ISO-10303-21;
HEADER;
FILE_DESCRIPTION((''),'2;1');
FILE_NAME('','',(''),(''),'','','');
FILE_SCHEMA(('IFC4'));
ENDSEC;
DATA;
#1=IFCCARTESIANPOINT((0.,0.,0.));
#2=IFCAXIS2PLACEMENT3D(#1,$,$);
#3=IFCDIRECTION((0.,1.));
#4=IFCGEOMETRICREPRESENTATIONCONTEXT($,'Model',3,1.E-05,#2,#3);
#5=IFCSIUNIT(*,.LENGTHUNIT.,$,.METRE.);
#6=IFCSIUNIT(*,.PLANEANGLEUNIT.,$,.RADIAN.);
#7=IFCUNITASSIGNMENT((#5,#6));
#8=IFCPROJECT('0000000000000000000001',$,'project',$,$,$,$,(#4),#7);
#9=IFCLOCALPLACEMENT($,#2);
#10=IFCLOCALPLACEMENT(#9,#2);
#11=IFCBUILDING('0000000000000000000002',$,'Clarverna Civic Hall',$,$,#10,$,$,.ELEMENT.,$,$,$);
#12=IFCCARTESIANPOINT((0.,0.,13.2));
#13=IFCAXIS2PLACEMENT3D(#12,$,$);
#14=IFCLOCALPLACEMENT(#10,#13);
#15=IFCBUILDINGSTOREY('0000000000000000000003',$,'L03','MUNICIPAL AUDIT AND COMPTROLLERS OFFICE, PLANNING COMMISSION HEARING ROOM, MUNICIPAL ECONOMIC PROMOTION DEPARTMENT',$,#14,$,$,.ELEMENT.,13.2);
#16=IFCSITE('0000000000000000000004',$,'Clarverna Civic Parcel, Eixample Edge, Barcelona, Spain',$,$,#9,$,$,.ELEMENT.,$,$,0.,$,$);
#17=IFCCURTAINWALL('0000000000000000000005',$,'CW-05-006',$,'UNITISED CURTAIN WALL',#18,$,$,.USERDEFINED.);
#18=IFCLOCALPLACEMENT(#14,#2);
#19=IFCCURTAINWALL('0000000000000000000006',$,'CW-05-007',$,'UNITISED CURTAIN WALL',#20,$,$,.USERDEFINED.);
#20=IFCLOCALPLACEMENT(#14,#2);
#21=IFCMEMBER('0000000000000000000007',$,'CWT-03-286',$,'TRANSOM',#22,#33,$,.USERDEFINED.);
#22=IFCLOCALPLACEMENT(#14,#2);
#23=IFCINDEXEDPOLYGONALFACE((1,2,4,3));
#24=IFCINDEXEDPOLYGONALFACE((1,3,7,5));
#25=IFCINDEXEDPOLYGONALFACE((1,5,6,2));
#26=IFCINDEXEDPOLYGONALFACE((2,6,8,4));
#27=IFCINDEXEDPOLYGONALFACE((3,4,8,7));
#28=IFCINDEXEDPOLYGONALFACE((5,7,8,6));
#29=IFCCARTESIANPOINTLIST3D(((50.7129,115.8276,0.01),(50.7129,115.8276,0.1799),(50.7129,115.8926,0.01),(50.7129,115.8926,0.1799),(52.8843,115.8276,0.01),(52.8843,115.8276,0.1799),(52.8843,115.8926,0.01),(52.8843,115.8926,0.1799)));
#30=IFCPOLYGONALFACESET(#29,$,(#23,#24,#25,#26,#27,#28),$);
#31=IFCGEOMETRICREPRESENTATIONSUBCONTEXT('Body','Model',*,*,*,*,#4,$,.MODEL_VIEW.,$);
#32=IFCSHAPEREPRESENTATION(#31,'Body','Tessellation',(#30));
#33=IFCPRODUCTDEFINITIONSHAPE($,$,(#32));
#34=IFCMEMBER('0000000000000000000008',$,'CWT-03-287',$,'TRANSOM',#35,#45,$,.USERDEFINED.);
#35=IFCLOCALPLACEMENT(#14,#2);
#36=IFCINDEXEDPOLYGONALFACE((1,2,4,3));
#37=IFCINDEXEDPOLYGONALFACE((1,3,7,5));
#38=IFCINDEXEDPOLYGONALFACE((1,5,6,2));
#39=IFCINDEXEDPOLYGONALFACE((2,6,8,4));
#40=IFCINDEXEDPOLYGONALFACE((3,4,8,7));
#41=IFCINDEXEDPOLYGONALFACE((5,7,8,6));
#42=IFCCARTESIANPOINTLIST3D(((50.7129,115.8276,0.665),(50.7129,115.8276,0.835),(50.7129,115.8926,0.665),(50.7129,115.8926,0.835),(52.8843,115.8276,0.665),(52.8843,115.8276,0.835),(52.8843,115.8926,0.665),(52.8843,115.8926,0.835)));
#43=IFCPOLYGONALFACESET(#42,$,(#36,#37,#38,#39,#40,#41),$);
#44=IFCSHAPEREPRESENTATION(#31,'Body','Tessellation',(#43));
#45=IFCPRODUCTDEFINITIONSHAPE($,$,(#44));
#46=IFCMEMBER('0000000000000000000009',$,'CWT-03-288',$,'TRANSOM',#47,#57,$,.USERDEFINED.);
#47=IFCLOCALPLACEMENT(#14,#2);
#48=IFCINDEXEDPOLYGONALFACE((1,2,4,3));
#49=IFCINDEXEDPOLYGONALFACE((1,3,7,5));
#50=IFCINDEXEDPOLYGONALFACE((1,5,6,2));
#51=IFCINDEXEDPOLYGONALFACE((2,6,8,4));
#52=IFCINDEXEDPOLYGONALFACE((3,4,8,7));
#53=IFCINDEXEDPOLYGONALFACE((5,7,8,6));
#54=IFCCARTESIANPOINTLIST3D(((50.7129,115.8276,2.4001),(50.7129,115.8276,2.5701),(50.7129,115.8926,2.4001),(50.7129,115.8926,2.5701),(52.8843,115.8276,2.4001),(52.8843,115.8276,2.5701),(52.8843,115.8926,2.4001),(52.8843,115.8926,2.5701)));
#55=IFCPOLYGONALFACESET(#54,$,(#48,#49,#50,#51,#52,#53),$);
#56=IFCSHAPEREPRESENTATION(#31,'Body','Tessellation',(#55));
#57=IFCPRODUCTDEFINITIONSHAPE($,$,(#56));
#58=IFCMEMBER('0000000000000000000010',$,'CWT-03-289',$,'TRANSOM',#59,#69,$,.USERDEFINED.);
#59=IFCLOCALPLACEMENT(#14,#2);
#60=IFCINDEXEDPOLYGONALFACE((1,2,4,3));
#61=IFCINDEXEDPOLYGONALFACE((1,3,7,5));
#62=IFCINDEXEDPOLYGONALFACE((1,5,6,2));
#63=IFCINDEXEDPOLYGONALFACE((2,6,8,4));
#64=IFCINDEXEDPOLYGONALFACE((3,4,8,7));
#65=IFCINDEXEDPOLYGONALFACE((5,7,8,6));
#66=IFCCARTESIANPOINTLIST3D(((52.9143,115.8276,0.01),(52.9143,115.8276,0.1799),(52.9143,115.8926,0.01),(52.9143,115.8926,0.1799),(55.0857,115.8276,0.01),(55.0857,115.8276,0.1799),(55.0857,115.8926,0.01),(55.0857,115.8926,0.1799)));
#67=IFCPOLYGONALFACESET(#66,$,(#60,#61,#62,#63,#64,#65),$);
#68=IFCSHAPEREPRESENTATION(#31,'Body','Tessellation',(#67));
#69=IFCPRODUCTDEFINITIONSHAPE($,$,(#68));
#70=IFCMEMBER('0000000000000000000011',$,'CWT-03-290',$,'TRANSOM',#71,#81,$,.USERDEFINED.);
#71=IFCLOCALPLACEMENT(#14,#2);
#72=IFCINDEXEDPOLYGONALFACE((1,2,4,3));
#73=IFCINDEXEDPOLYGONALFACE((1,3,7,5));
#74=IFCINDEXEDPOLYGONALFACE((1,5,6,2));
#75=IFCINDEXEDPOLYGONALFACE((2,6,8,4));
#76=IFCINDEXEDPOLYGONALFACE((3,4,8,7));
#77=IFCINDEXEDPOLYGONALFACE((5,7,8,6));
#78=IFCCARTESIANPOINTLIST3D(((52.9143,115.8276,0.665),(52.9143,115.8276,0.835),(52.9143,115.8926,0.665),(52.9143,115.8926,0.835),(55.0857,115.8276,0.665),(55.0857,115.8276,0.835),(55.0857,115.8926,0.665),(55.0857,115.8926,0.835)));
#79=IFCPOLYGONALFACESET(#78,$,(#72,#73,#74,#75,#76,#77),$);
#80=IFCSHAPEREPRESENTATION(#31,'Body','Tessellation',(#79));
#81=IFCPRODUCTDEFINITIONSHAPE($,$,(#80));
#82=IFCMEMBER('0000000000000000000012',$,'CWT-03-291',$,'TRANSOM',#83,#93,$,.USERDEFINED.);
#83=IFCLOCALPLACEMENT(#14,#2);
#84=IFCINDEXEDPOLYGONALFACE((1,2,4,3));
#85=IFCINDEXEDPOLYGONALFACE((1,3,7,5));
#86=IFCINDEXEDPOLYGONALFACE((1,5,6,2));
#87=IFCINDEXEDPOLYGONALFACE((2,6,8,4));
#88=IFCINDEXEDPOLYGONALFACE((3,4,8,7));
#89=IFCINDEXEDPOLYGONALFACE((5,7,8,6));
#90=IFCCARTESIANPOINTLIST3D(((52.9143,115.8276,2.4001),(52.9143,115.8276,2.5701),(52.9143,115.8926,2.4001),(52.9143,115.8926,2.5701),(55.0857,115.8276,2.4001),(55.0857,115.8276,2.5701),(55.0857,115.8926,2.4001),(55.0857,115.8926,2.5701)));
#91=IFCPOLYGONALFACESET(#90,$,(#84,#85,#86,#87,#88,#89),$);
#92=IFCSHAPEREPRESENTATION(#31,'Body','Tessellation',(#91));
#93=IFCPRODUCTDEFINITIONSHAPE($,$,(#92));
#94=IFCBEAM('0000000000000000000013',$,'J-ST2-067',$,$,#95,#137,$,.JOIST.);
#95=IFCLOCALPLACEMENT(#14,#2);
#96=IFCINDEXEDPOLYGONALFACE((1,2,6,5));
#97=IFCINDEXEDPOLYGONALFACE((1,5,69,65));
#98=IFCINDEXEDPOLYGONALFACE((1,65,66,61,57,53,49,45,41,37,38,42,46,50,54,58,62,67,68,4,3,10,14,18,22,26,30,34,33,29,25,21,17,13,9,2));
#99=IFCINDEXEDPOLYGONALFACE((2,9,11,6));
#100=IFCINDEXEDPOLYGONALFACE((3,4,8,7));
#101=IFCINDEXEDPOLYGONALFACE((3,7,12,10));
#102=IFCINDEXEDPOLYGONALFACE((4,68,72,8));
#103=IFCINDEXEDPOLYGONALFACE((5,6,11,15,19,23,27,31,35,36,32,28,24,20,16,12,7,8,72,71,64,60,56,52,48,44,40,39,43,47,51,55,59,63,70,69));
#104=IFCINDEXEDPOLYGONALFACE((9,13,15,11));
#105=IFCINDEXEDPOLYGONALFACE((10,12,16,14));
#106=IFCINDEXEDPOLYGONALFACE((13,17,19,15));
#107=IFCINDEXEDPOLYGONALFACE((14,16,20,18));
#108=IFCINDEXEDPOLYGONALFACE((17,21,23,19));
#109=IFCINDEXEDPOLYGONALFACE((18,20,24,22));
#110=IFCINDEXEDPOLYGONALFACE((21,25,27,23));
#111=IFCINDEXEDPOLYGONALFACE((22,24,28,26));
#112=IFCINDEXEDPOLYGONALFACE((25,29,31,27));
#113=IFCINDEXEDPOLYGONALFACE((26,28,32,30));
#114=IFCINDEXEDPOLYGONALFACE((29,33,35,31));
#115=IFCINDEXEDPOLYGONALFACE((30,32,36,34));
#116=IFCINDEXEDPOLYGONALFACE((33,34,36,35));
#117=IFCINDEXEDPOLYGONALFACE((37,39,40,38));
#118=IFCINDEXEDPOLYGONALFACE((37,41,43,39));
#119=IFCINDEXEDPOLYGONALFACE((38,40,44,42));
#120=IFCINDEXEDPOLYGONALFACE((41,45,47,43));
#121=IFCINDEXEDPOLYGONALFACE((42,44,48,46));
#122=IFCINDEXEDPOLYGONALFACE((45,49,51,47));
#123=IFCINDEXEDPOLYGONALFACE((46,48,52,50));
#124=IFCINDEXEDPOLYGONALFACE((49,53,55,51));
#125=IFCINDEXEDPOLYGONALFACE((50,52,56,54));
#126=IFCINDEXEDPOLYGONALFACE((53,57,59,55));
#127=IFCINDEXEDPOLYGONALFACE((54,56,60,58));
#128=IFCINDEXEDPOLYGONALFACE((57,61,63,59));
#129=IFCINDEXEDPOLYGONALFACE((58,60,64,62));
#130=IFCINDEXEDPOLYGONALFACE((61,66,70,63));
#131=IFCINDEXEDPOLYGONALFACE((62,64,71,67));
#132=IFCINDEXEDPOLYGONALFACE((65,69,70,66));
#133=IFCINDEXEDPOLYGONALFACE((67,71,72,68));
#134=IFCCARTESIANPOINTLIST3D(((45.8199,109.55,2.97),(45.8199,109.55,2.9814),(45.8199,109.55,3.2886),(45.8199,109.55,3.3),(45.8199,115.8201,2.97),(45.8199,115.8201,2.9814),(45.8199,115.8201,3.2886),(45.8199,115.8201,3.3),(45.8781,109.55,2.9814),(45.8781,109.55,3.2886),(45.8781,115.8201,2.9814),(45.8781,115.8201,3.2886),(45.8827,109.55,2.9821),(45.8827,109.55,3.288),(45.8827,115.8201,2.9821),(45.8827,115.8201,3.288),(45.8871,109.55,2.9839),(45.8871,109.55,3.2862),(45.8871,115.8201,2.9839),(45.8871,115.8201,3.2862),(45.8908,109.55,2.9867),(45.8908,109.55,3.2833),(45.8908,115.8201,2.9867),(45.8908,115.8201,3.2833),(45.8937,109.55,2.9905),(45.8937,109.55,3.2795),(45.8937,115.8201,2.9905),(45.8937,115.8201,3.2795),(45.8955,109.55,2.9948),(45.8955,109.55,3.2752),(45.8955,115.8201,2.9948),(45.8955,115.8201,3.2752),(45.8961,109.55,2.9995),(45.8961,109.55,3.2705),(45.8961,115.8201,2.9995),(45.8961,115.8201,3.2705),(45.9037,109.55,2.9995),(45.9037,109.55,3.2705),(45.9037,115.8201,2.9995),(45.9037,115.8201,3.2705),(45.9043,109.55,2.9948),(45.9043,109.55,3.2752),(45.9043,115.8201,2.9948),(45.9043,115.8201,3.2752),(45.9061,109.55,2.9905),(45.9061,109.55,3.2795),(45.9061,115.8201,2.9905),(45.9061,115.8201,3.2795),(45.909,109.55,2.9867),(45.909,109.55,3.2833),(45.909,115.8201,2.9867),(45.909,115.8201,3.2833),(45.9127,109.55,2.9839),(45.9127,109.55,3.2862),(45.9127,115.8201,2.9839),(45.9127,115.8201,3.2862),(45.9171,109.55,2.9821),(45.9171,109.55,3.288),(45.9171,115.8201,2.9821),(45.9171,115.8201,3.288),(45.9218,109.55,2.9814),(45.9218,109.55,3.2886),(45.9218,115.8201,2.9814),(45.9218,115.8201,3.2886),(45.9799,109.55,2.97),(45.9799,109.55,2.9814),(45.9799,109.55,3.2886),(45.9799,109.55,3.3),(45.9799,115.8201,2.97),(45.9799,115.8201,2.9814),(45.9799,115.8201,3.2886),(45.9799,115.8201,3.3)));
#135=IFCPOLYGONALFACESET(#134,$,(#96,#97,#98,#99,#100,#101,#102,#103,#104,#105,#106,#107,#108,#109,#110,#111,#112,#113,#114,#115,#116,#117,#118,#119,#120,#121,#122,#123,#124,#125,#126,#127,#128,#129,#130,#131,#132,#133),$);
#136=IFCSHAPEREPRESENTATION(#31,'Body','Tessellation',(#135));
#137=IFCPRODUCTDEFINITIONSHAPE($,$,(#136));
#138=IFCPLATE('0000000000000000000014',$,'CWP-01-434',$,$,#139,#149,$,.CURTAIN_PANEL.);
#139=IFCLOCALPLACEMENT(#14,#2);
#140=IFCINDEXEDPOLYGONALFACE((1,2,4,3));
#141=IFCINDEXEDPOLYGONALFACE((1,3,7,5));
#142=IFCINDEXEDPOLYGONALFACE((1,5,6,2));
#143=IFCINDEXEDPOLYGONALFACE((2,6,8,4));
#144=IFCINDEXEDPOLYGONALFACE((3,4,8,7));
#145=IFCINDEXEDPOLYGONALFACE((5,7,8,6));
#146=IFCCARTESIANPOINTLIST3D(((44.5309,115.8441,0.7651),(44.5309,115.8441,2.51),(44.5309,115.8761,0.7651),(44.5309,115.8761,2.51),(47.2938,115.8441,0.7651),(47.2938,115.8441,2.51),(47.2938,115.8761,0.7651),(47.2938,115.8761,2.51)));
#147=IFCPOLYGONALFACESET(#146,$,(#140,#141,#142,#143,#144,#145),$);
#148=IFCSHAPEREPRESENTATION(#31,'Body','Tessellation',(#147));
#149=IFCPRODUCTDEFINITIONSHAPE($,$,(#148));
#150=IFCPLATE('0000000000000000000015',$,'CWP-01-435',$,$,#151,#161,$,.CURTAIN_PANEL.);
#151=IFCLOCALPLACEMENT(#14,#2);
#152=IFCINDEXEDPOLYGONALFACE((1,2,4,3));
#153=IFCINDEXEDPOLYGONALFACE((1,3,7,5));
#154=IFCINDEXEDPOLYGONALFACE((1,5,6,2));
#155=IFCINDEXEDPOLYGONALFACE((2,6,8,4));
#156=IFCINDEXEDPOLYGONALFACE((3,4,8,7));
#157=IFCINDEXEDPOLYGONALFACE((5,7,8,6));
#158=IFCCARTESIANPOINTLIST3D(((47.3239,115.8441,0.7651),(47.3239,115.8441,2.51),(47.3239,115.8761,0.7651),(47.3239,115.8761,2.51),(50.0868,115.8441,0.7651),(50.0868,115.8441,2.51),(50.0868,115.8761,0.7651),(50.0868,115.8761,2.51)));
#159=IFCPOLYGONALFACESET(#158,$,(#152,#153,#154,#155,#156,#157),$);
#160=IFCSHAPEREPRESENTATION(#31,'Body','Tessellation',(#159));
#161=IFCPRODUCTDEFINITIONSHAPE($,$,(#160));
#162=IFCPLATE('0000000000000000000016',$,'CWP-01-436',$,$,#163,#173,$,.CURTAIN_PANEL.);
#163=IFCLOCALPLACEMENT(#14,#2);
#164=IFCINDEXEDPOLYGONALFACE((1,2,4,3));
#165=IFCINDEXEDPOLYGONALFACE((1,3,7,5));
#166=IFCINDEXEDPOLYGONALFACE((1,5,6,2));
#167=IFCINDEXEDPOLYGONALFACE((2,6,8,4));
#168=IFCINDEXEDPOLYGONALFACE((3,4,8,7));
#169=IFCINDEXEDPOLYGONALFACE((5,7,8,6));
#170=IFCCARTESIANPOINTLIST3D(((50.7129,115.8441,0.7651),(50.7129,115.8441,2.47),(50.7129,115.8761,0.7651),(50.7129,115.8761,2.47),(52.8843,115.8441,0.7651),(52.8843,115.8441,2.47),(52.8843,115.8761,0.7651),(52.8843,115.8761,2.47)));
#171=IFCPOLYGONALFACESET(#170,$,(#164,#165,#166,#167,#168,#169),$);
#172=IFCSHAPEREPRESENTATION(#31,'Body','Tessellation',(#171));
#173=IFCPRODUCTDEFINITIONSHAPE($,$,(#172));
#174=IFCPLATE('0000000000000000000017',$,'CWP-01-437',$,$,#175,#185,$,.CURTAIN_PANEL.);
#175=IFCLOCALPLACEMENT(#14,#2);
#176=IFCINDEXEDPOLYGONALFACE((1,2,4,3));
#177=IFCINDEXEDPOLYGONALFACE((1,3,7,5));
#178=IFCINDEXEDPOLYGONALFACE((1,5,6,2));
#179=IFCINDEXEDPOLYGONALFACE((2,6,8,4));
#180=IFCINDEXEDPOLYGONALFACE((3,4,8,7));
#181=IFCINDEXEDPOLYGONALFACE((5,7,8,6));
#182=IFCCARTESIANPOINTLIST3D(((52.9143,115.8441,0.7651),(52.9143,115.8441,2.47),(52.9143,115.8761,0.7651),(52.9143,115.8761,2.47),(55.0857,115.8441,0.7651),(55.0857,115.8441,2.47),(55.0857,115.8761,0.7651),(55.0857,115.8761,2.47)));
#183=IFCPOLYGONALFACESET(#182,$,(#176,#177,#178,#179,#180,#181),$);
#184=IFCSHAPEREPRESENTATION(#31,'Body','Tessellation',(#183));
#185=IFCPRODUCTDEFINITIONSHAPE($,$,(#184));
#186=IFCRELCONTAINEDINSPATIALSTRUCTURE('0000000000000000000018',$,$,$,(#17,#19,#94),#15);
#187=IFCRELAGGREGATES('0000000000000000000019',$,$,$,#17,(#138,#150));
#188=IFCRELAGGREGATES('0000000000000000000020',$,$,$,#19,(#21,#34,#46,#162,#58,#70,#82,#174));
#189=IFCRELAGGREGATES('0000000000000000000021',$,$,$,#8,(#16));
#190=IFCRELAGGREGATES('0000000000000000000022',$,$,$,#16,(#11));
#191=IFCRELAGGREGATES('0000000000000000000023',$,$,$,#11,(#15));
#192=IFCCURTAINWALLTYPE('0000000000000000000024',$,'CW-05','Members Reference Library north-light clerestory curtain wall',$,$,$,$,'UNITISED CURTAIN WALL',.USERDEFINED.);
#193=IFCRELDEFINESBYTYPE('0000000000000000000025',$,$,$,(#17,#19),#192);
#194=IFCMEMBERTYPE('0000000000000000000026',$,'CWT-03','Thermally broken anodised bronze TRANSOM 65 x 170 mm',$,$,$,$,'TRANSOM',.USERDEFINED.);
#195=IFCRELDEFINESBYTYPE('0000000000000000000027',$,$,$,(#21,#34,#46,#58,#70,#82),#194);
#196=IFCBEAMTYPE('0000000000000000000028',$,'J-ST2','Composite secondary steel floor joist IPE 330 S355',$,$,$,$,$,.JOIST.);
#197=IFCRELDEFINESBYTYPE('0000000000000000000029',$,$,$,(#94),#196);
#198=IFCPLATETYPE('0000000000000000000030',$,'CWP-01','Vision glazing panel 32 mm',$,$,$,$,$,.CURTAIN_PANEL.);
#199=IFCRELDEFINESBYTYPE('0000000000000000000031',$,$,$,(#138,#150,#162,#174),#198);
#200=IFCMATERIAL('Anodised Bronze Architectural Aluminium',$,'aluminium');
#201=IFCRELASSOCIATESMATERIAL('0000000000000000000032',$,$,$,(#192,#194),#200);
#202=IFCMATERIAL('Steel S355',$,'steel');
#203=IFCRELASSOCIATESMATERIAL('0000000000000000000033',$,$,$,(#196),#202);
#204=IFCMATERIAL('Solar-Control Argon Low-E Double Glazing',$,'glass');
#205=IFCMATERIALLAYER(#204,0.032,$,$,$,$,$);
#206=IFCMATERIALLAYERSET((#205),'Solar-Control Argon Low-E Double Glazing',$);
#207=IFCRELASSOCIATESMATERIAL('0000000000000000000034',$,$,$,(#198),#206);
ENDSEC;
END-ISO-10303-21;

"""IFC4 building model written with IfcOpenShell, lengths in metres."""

from ifc_helpers import new_model, si_unit, direction, frame, frame_2d, origin, origin_2d, place, context, subcontext, project, spatial, rectangle, i_section, extrude, material, layer, layer_set, material_profile, profile_set, type_object, element, aggregate, save


model = new_model("IFC4")

# Units and contexts
model_context = context("Model", 3, precision=1e-05, world=origin(), true_north=direction((0.0, 1.0)))
body_context = subcontext(model_context, "Body", "Model", "MODEL_VIEW")
ifc_project = project(units=[si_unit("LENGTHUNIT", "METRE"), si_unit("PLANEANGLEUNIT", "RADIAN")], contexts=[model_context])

# Site, building, storey
site_placement = place(None, origin())
site = spatial("IfcSite", under=ifc_project, at=site_placement, Name="Clarverna Civic Parcel, Eixample Edge, Barcelona, Spain", CompositionType="ELEMENT", RefElevation=0.0)
building_placement = place(site_placement, origin())
building = spatial("IfcBuilding", under=site, at=building_placement, Name="Clarverna Civic Hall", CompositionType="ELEMENT")
storey_placement = place(building_placement, frame((0.0, 0.0, 13.2)))
storey = spatial("IfcBuildingStorey", under=building, at=storey_placement, Name="L03", Description="MUNICIPAL AUDIT AND COMPTROLLERS OFFICE, PLANNING COMMISSION HEARING ROOM, MUNICIPAL ECONOMIC PROMOTION DEPARTMENT", CompositionType="ELEMENT", Elevation=13.2)

# Shared definitions
ifc_material_1 = material(Name="Steel S355", Category="steel")

# Curtain walls
ifc_material_2 = material(Name="Anodised Bronze Architectural Aluminium", Category="aluminium")
curtain_wall_type = type_object("IfcCurtainWallType", Name="CW-05", Description="Members Reference Library north-light clerestory curtain wall", ElementType="UNITISED CURTAIN WALL", PredefinedType="USERDEFINED", material=ifc_material_2)
curtain_wall_1_placement = place(storey_placement, origin())
curtain_wall_1 = element("IfcCurtainWall", 1, at=curtain_wall_1_placement, inside=storey, type_object=curtain_wall_type, Name="CW-05-006", ObjectType="UNITISED CURTAIN WALL", PredefinedType="USERDEFINED")
curtain_wall_2_placement = place(storey_placement, origin())
curtain_wall_2 = element("IfcCurtainWall", 2, at=curtain_wall_2_placement, inside=storey, type_object=curtain_wall_type, Name="CW-05-007", ObjectType="UNITISED CURTAIN WALL", PredefinedType="USERDEFINED")

# Members
ifc_material_profile_1 = material_profile(ifc_material_2, rectangle(XDim=0.0649, YDim=0.1699, at=origin_2d()), Name="BRONZE 65x170")
ifc_profile_set_1 = profile_set([ifc_material_profile_1], Name="Anodised Bronze Architectural Aluminium")
member_type_1 = type_object("IfcMemberType", Name="CWT-03", Description="Thermally broken anodised bronze TRANSOM 65 x 170 mm", ElementType="TRANSOM", PredefinedType="USERDEFINED", material=ifc_profile_set_1)
member_1_placement = place(storey_placement, frame((50.7129, 115.8601, 0.095), z_axis=(1.0, 0.0, 0.0), x_axis=(0.0, 1.0, 0.0)))
member_1 = element("IfcMember", 3, at=member_1_placement, type_object=member_type_1, Name="CWT-03-286", ObjectType="TRANSOM", PredefinedType="USERDEFINED", context=body_context, shape_type="SweptSolid", body=[
    extrude(rectangle(XDim=0.0649, YDim=0.1699, at=origin_2d()), origin(), (0.0, 0.0, 1.0), 2.1714),
])
member_2_placement = place(storey_placement, frame((50.7129, 115.8601, 0.75), z_axis=(1.0, 0.0, 0.0), x_axis=(0.0, 1.0, 0.0)))
member_2 = element("IfcMember", 4, at=member_2_placement, type_object=member_type_1, Name="CWT-03-287", ObjectType="TRANSOM", PredefinedType="USERDEFINED", context=body_context, shape_type="SweptSolid", body=[
    extrude(rectangle(XDim=0.0649, YDim=0.1699, at=origin_2d()), origin(), (0.0, 0.0, 1.0), 2.1714),
])
member_3_placement = place(storey_placement, frame((50.7129, 115.8601, 2.4851), z_axis=(1.0, 0.0, 0.0), x_axis=(0.0, 1.0, 0.0)))
member_3 = element("IfcMember", 5, at=member_3_placement, type_object=member_type_1, Name="CWT-03-288", ObjectType="TRANSOM", PredefinedType="USERDEFINED", context=body_context, shape_type="SweptSolid", body=[
    extrude(rectangle(XDim=0.0649, YDim=0.1699, at=origin_2d()), origin(), (0.0, 0.0, 1.0), 2.1714),
])
member_4_placement = place(storey_placement, frame((52.9143, 115.8601, 0.095), z_axis=(1.0, 0.0, 0.0), x_axis=(0.0, 1.0, 0.0)))
member_4 = element("IfcMember", 6, at=member_4_placement, type_object=member_type_1, Name="CWT-03-289", ObjectType="TRANSOM", PredefinedType="USERDEFINED", context=body_context, shape_type="SweptSolid", body=[
    extrude(rectangle(XDim=0.0649, YDim=0.1699, at=origin_2d()), origin(), (0.0, 0.0, 1.0), 2.1714),
])
member_5_placement = place(storey_placement, frame((52.9143, 115.8601, 0.75), z_axis=(1.0, 0.0, 0.0), x_axis=(0.0, 1.0, 0.0)))
member_5 = element("IfcMember", 7, at=member_5_placement, type_object=member_type_1, Name="CWT-03-290", ObjectType="TRANSOM", PredefinedType="USERDEFINED", context=body_context, shape_type="SweptSolid", body=[
    extrude(rectangle(XDim=0.0649, YDim=0.1699, at=origin_2d()), origin(), (0.0, 0.0, 1.0), 2.1714),
])
member_6_placement = place(storey_placement, frame((52.9143, 115.8601, 2.4851), z_axis=(1.0, 0.0, 0.0), x_axis=(0.0, 1.0, 0.0)))
member_6 = element("IfcMember", 8, at=member_6_placement, type_object=member_type_1, Name="CWT-03-291", ObjectType="TRANSOM", PredefinedType="USERDEFINED", context=body_context, shape_type="SweptSolid", body=[
    extrude(rectangle(XDim=0.0649, YDim=0.1699, at=origin_2d()), origin(), (0.0, 0.0, 1.0), 2.1714),
])

# Beam
ifc_material_profile_2 = material_profile(ifc_material_1, i_section(OverallWidth=0.1599, OverallDepth=0.3301, WebThickness=0.0076, FlangeThickness=0.0115, FilletRadius=0.0181, at=origin_2d()), Name="IPE 330")
ifc_profile_set_2 = profile_set([ifc_material_profile_2], Name="Steel S355")
beam_type_1 = type_object("IfcBeamType", Name="J-ST2", Description="Composite secondary steel floor joist IPE 330 S355", PredefinedType="JOIST", material=ifc_profile_set_2)
beam_1_placement = place(storey_placement, frame((45.8999, 109.55, 3.135), z_axis=(0.0, 1.0, 0.0), x_axis=(-1.0, 0.0, 0.0)))
element("IfcBeam", 9, at=beam_1_placement, inside=storey, type_object=beam_type_1, Name="J-ST2-067", PredefinedType="JOIST", context=body_context, shape_type="SweptSolid", body=[
    extrude(i_section(OverallWidth=0.1599, OverallDepth=0.3301, WebThickness=0.0076, FlangeThickness=0.0115, FilletRadius=0.0181, at=origin_2d()), origin(), (0.0, 0.0, 1.0), 6.27),
])

# Plates
ifc_material_3 = material(Name="Solar-Control Argon Low-E Double Glazing", Category="glass")
ifc_layer_1 = layer(ifc_material_3, 0.032)
ifc_layer_set_1 = layer_set([ifc_layer_1], Name="Solar-Control Argon Low-E Double Glazing")
plate_type_1 = type_object("IfcPlateType", Name="CWP-01", Description="Vision glazing panel 32 mm", PredefinedType="CURTAIN_PANEL", material=ifc_layer_set_1)
plate_1_placement = place(storey_placement, frame((44.531, 115.8601, 0.7651), z_axis=(0.0, 0.0, 1.0), x_axis=(1.0, 0.0, 0.0)))
plate_1 = element("IfcPlate", 10, at=plate_1_placement, type_object=plate_type_1, Name="CWP-01-434", PredefinedType="CURTAIN_PANEL", context=body_context, shape_type="SweptSolid", body=[
    extrude(rectangle(XDim=2.7629, YDim=0.032, at=frame_2d((1.3813, 0.0))), origin(), (0.0, 0.0, 1.0), 1.7449),
])
plate_2_placement = place(storey_placement, frame((47.324, 115.8601, 0.7651), z_axis=(0.0, 0.0, 1.0), x_axis=(1.0, 0.0, 0.0)))
plate_2 = element("IfcPlate", 11, at=plate_2_placement, type_object=plate_type_1, Name="CWP-01-435", PredefinedType="CURTAIN_PANEL", context=body_context, shape_type="SweptSolid", body=[
    extrude(rectangle(XDim=2.7629, YDim=0.032, at=frame_2d((1.3813, 0.0))), origin(), (0.0, 0.0, 1.0), 1.7449),
])
plate_3_placement = place(storey_placement, frame((50.7129, 115.8601, 0.7651), z_axis=(0.0, 0.0, 1.0), x_axis=(1.0, 0.0, 0.0)))
plate_3 = element("IfcPlate", 12, at=plate_3_placement, type_object=plate_type_1, Name="CWP-01-436", PredefinedType="CURTAIN_PANEL", context=body_context, shape_type="SweptSolid", body=[
    extrude(rectangle(XDim=2.1714, YDim=0.032, at=frame_2d((1.0857, 0.0))), origin(), (0.0, 0.0, 1.0), 1.7048),
])
plate_4_placement = place(storey_placement, frame((52.9143, 115.8601, 0.7651), z_axis=(0.0, 0.0, 1.0), x_axis=(1.0, 0.0, 0.0)))
plate_4 = element("IfcPlate", 13, at=plate_4_placement, type_object=plate_type_1, Name="CWP-01-437", PredefinedType="CURTAIN_PANEL", context=body_context, shape_type="SweptSolid", body=[
    extrude(rectangle(XDim=2.1714, YDim=0.032, at=frame_2d((1.0857, 0.0))), origin(), (0.0, 0.0, 1.0), 1.7048),
])
aggregate(curtain_wall_1, [plate_1, plate_2])
aggregate(curtain_wall_2, [member_1, member_2, member_3, plate_3, member_4, member_5, member_6, plate_4])

save(model, "model.ifc")
